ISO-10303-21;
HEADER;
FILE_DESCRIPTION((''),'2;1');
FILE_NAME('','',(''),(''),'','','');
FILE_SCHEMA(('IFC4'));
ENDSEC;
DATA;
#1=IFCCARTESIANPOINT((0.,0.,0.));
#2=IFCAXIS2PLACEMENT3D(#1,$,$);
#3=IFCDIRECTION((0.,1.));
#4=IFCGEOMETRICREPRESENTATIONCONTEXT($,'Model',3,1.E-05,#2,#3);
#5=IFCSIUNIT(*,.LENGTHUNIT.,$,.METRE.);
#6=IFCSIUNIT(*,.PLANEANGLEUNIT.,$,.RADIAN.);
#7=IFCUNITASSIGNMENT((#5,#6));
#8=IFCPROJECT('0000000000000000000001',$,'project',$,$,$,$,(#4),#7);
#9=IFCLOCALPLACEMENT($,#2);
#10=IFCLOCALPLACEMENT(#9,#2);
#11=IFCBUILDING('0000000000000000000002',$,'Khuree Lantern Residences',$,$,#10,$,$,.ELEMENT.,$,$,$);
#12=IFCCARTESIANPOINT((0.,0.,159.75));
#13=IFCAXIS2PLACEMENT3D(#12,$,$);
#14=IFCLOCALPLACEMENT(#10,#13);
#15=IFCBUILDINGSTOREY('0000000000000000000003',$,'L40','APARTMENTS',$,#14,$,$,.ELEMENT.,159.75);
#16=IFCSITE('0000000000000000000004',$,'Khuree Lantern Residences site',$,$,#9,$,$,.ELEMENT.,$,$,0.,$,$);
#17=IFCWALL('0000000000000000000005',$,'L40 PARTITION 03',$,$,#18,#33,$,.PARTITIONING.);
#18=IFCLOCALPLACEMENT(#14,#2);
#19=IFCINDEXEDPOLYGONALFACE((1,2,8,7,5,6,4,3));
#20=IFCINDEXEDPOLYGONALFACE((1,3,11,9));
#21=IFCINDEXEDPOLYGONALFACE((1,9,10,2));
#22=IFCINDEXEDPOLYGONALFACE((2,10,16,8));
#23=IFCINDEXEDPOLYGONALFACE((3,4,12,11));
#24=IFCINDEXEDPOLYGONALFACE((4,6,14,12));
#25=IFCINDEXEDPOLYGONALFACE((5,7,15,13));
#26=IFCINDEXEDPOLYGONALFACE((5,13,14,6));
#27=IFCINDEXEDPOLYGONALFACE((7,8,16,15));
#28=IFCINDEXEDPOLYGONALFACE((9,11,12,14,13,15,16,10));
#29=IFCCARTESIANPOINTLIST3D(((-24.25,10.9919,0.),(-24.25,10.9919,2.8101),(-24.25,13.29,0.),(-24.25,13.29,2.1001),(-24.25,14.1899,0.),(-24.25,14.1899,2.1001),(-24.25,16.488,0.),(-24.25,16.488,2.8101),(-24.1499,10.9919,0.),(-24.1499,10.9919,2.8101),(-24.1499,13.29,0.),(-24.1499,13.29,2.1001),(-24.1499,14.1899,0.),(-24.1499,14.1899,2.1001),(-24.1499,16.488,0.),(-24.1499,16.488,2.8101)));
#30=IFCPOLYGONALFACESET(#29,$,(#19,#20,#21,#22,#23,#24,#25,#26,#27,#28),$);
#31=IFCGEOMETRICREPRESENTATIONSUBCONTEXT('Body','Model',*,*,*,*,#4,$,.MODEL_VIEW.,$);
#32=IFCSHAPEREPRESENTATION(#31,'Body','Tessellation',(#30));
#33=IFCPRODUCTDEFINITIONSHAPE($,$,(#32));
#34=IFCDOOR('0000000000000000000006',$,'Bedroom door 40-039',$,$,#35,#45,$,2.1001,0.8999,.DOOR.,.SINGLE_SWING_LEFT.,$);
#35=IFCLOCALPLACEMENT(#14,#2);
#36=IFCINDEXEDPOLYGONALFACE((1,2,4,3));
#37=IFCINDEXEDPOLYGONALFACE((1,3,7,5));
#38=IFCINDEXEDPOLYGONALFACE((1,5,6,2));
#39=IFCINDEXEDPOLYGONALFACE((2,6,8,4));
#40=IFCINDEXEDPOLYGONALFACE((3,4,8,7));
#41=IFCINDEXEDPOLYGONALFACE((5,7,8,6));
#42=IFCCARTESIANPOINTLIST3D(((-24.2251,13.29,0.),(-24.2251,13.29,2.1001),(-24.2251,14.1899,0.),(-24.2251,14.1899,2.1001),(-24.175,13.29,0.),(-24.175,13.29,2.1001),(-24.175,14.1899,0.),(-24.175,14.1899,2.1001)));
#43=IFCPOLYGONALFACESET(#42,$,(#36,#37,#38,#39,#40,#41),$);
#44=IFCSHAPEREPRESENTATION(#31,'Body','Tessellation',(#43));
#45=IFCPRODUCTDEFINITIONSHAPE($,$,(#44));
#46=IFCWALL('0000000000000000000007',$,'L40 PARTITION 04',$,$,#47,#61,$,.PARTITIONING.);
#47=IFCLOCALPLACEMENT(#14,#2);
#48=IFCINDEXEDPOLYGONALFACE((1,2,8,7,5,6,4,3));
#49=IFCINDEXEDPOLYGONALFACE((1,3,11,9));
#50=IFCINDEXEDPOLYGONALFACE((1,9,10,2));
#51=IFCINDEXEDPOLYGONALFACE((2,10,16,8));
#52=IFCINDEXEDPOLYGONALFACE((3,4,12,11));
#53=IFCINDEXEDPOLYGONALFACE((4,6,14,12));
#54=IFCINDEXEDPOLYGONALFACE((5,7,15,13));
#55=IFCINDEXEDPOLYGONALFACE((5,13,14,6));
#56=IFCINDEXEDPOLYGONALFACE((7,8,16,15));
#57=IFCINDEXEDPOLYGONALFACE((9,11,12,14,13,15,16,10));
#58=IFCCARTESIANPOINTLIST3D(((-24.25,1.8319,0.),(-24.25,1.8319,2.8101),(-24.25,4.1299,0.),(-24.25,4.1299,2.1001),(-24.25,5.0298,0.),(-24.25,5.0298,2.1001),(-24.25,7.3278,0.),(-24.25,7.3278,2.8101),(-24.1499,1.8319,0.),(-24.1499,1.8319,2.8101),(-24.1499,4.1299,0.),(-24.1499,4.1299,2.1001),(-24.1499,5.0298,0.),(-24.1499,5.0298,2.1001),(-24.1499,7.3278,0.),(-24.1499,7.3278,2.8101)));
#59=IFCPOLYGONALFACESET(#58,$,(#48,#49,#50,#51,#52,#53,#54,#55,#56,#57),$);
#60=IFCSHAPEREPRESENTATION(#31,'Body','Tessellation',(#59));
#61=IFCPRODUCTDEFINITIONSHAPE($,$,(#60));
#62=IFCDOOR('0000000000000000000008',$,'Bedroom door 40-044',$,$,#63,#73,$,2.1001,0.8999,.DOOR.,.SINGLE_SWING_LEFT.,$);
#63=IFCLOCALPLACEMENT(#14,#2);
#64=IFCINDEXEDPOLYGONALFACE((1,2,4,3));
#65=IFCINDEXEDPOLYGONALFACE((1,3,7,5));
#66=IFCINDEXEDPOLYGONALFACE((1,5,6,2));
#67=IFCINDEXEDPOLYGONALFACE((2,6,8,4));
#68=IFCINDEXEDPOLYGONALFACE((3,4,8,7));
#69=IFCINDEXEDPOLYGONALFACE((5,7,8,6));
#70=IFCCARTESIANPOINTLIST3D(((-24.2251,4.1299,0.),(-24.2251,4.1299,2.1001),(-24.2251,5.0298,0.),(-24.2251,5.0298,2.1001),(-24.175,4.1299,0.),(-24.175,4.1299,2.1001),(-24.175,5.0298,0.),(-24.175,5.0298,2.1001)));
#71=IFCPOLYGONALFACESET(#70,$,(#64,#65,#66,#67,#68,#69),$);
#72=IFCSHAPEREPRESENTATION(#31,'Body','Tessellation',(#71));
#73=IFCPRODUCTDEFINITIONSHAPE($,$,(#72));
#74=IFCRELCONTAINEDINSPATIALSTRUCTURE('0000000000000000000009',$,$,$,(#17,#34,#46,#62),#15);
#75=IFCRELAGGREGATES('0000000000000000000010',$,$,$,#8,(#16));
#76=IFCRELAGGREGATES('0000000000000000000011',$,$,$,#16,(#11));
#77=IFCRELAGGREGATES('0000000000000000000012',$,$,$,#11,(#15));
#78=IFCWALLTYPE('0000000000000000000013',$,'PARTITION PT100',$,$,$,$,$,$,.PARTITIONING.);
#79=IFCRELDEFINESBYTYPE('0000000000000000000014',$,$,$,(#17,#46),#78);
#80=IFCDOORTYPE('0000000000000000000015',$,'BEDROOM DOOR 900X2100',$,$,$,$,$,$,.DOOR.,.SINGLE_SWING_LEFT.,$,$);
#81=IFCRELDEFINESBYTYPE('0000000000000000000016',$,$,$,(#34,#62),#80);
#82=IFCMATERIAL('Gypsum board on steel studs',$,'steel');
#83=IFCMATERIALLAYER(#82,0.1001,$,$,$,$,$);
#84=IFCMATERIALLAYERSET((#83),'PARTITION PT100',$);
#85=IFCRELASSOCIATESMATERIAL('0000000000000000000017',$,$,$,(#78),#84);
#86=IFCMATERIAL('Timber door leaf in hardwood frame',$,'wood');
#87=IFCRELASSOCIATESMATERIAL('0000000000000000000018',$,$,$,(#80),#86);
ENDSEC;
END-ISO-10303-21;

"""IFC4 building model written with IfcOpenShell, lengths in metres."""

from ifc_helpers import new_model, si_unit, direction, frame, frame_2d, origin, place, context, subcontext, project, spatial, rectangle, extrude, material, layer, layer_set, type_object, element, fill, save


model = new_model("IFC4")

# Units and contexts
model_context = context("Model", 3, precision=1e-05, world=origin(), true_north=direction((0.0, 1.0)))
body_context = subcontext(model_context, "Body", "Model", "MODEL_VIEW")
ifc_project = project(units=[si_unit("LENGTHUNIT", "METRE"), si_unit("PLANEANGLEUNIT", "RADIAN")], contexts=[model_context])

# Site, building, storey
site_placement = place(None, origin())
site = spatial("IfcSite", under=ifc_project, at=site_placement, Name="Khuree Lantern Residences site", CompositionType="ELEMENT", RefElevation=0.0)
building_placement = place(site_placement, origin())
building = spatial("IfcBuilding", under=site, at=building_placement, Name="Khuree Lantern Residences", CompositionType="ELEMENT")
storey_placement = place(building_placement, frame((0.0, 0.0, 159.75)))
storey = spatial("IfcBuildingStorey", under=building, at=storey_placement, Name="L40", Description="APARTMENTS", CompositionType="ELEMENT", Elevation=159.75)

# Shared definitions
ifc_material_1 = material(Name="Timber door leaf in hardwood frame", Category="wood")

# Shared definitions
ifc_material_2 = material(Name="Gypsum board on steel studs", Category="steel")
ifc_layer_1 = layer(ifc_material_2, 0.1001)
ifc_layer_set_1 = layer_set([ifc_layer_1], Name="PARTITION PT100")
wall_type_1 = type_object("IfcWallType", Name="PARTITION PT100", PredefinedType="PARTITIONING", material=ifc_layer_set_1)

# Walls, openings, doors
wall_1_placement = place(storey_placement, frame((-24.2, 16.488, 0.0), z_axis=(0.0, 0.0, 1.0), x_axis=(0.0, -1.0, 0.0)))
wall_1 = element("IfcWall", 1, at=wall_1_placement, inside=storey, type_object=wall_type_1, Name="L40 PARTITION 03", PredefinedType="PARTITIONING", context=body_context, shape_type="SweptSolid", body=[
    extrude(rectangle(XDim=5.4961, YDim=0.1001, at=frame_2d((2.748, 0.0))), origin(), (0.0, 0.0, 1.0), 2.8101),
])
opening_1_placement = place(wall_1_placement, frame((2.2981, 0.0, 0.0)))
opening_1 = element("IfcOpeningElement", 2, at=opening_1_placement, cuts=wall_1, PredefinedType="OPENING", context=body_context, shape_type="SweptSolid", body=[
    extrude(rectangle(XDim=0.8999, YDim=2.1001, at=frame_2d((0.45, 1.05))), frame((0.0, 0.0601, 0.0), z_axis=(0.0, -1.0, 0.0), x_axis=(1.0, 0.0, 0.0)), (0.0, 0.0, 1.0), 0.1201),
])
door_type_1 = type_object("IfcDoorType", Name="BEDROOM DOOR 900X2100", OperationType="SINGLE_SWING_LEFT", PredefinedType="DOOR", material=ifc_material_1)
door_1_placement = place(opening_1_placement, origin())
door_1 = element("IfcDoor", 3, at=door_1_placement, inside=storey, type_object=door_type_1, Name="Bedroom door 40-039", OperationType="SINGLE_SWING_LEFT", OverallHeight=2.1001, OverallWidth=0.8999, PredefinedType="DOOR", context=body_context, shape_type="SweptSolid", body=[
    extrude(rectangle(XDim=0.8999, YDim=2.1001, at=frame_2d((0.45, 1.05))), frame((0.0, 0.0249, 0.0), z_axis=(0.0, -1.0, 0.0), x_axis=(1.0, 0.0, 0.0)), (0.0, 0.0, 1.0), 0.05),
])
fill(opening_1, door_1)
wall_2_placement = place(storey_placement, frame((-24.2, 7.3279, 0.0), z_axis=(0.0, 0.0, 1.0), x_axis=(0.0, -1.0, 0.0)))
wall_2 = element("IfcWall", 4, at=wall_2_placement, inside=storey, type_object=wall_type_1, Name="L40 PARTITION 04", PredefinedType="PARTITIONING", context=body_context, shape_type="SweptSolid", body=[
    extrude(rectangle(XDim=5.4958, YDim=0.1001, at=frame_2d((2.748, 0.0))), origin(), (0.0, 0.0, 1.0), 2.8101),
])
opening_2_placement = place(wall_2_placement, frame((2.2981, 0.0, 0.0)))
opening_2 = element("IfcOpeningElement", 5, at=opening_2_placement, cuts=wall_2, PredefinedType="OPENING", context=body_context, shape_type="SweptSolid", body=[
    extrude(rectangle(XDim=0.8999, YDim=2.1001, at=frame_2d((0.45, 1.05))), frame((0.0, 0.0601, 0.0), z_axis=(0.0, -1.0, 0.0), x_axis=(1.0, 0.0, 0.0)), (0.0, 0.0, 1.0), 0.1201),
])
door_2_placement = place(opening_2_placement, origin())
door_2 = element("IfcDoor", 6, at=door_2_placement, inside=storey, type_object=door_type_1, Name="Bedroom door 40-044", OperationType="SINGLE_SWING_LEFT", OverallHeight=2.1001, OverallWidth=0.8999, PredefinedType="DOOR", context=body_context, shape_type="SweptSolid", body=[
    extrude(rectangle(XDim=0.8999, YDim=2.1001, at=frame_2d((0.45, 1.05))), frame((0.0, 0.0249, 0.0), z_axis=(0.0, -1.0, 0.0), x_axis=(1.0, 0.0, 0.0)), (0.0, 0.0, 1.0), 0.05),
])
fill(opening_2, door_2)

save(model, "model.ifc")
